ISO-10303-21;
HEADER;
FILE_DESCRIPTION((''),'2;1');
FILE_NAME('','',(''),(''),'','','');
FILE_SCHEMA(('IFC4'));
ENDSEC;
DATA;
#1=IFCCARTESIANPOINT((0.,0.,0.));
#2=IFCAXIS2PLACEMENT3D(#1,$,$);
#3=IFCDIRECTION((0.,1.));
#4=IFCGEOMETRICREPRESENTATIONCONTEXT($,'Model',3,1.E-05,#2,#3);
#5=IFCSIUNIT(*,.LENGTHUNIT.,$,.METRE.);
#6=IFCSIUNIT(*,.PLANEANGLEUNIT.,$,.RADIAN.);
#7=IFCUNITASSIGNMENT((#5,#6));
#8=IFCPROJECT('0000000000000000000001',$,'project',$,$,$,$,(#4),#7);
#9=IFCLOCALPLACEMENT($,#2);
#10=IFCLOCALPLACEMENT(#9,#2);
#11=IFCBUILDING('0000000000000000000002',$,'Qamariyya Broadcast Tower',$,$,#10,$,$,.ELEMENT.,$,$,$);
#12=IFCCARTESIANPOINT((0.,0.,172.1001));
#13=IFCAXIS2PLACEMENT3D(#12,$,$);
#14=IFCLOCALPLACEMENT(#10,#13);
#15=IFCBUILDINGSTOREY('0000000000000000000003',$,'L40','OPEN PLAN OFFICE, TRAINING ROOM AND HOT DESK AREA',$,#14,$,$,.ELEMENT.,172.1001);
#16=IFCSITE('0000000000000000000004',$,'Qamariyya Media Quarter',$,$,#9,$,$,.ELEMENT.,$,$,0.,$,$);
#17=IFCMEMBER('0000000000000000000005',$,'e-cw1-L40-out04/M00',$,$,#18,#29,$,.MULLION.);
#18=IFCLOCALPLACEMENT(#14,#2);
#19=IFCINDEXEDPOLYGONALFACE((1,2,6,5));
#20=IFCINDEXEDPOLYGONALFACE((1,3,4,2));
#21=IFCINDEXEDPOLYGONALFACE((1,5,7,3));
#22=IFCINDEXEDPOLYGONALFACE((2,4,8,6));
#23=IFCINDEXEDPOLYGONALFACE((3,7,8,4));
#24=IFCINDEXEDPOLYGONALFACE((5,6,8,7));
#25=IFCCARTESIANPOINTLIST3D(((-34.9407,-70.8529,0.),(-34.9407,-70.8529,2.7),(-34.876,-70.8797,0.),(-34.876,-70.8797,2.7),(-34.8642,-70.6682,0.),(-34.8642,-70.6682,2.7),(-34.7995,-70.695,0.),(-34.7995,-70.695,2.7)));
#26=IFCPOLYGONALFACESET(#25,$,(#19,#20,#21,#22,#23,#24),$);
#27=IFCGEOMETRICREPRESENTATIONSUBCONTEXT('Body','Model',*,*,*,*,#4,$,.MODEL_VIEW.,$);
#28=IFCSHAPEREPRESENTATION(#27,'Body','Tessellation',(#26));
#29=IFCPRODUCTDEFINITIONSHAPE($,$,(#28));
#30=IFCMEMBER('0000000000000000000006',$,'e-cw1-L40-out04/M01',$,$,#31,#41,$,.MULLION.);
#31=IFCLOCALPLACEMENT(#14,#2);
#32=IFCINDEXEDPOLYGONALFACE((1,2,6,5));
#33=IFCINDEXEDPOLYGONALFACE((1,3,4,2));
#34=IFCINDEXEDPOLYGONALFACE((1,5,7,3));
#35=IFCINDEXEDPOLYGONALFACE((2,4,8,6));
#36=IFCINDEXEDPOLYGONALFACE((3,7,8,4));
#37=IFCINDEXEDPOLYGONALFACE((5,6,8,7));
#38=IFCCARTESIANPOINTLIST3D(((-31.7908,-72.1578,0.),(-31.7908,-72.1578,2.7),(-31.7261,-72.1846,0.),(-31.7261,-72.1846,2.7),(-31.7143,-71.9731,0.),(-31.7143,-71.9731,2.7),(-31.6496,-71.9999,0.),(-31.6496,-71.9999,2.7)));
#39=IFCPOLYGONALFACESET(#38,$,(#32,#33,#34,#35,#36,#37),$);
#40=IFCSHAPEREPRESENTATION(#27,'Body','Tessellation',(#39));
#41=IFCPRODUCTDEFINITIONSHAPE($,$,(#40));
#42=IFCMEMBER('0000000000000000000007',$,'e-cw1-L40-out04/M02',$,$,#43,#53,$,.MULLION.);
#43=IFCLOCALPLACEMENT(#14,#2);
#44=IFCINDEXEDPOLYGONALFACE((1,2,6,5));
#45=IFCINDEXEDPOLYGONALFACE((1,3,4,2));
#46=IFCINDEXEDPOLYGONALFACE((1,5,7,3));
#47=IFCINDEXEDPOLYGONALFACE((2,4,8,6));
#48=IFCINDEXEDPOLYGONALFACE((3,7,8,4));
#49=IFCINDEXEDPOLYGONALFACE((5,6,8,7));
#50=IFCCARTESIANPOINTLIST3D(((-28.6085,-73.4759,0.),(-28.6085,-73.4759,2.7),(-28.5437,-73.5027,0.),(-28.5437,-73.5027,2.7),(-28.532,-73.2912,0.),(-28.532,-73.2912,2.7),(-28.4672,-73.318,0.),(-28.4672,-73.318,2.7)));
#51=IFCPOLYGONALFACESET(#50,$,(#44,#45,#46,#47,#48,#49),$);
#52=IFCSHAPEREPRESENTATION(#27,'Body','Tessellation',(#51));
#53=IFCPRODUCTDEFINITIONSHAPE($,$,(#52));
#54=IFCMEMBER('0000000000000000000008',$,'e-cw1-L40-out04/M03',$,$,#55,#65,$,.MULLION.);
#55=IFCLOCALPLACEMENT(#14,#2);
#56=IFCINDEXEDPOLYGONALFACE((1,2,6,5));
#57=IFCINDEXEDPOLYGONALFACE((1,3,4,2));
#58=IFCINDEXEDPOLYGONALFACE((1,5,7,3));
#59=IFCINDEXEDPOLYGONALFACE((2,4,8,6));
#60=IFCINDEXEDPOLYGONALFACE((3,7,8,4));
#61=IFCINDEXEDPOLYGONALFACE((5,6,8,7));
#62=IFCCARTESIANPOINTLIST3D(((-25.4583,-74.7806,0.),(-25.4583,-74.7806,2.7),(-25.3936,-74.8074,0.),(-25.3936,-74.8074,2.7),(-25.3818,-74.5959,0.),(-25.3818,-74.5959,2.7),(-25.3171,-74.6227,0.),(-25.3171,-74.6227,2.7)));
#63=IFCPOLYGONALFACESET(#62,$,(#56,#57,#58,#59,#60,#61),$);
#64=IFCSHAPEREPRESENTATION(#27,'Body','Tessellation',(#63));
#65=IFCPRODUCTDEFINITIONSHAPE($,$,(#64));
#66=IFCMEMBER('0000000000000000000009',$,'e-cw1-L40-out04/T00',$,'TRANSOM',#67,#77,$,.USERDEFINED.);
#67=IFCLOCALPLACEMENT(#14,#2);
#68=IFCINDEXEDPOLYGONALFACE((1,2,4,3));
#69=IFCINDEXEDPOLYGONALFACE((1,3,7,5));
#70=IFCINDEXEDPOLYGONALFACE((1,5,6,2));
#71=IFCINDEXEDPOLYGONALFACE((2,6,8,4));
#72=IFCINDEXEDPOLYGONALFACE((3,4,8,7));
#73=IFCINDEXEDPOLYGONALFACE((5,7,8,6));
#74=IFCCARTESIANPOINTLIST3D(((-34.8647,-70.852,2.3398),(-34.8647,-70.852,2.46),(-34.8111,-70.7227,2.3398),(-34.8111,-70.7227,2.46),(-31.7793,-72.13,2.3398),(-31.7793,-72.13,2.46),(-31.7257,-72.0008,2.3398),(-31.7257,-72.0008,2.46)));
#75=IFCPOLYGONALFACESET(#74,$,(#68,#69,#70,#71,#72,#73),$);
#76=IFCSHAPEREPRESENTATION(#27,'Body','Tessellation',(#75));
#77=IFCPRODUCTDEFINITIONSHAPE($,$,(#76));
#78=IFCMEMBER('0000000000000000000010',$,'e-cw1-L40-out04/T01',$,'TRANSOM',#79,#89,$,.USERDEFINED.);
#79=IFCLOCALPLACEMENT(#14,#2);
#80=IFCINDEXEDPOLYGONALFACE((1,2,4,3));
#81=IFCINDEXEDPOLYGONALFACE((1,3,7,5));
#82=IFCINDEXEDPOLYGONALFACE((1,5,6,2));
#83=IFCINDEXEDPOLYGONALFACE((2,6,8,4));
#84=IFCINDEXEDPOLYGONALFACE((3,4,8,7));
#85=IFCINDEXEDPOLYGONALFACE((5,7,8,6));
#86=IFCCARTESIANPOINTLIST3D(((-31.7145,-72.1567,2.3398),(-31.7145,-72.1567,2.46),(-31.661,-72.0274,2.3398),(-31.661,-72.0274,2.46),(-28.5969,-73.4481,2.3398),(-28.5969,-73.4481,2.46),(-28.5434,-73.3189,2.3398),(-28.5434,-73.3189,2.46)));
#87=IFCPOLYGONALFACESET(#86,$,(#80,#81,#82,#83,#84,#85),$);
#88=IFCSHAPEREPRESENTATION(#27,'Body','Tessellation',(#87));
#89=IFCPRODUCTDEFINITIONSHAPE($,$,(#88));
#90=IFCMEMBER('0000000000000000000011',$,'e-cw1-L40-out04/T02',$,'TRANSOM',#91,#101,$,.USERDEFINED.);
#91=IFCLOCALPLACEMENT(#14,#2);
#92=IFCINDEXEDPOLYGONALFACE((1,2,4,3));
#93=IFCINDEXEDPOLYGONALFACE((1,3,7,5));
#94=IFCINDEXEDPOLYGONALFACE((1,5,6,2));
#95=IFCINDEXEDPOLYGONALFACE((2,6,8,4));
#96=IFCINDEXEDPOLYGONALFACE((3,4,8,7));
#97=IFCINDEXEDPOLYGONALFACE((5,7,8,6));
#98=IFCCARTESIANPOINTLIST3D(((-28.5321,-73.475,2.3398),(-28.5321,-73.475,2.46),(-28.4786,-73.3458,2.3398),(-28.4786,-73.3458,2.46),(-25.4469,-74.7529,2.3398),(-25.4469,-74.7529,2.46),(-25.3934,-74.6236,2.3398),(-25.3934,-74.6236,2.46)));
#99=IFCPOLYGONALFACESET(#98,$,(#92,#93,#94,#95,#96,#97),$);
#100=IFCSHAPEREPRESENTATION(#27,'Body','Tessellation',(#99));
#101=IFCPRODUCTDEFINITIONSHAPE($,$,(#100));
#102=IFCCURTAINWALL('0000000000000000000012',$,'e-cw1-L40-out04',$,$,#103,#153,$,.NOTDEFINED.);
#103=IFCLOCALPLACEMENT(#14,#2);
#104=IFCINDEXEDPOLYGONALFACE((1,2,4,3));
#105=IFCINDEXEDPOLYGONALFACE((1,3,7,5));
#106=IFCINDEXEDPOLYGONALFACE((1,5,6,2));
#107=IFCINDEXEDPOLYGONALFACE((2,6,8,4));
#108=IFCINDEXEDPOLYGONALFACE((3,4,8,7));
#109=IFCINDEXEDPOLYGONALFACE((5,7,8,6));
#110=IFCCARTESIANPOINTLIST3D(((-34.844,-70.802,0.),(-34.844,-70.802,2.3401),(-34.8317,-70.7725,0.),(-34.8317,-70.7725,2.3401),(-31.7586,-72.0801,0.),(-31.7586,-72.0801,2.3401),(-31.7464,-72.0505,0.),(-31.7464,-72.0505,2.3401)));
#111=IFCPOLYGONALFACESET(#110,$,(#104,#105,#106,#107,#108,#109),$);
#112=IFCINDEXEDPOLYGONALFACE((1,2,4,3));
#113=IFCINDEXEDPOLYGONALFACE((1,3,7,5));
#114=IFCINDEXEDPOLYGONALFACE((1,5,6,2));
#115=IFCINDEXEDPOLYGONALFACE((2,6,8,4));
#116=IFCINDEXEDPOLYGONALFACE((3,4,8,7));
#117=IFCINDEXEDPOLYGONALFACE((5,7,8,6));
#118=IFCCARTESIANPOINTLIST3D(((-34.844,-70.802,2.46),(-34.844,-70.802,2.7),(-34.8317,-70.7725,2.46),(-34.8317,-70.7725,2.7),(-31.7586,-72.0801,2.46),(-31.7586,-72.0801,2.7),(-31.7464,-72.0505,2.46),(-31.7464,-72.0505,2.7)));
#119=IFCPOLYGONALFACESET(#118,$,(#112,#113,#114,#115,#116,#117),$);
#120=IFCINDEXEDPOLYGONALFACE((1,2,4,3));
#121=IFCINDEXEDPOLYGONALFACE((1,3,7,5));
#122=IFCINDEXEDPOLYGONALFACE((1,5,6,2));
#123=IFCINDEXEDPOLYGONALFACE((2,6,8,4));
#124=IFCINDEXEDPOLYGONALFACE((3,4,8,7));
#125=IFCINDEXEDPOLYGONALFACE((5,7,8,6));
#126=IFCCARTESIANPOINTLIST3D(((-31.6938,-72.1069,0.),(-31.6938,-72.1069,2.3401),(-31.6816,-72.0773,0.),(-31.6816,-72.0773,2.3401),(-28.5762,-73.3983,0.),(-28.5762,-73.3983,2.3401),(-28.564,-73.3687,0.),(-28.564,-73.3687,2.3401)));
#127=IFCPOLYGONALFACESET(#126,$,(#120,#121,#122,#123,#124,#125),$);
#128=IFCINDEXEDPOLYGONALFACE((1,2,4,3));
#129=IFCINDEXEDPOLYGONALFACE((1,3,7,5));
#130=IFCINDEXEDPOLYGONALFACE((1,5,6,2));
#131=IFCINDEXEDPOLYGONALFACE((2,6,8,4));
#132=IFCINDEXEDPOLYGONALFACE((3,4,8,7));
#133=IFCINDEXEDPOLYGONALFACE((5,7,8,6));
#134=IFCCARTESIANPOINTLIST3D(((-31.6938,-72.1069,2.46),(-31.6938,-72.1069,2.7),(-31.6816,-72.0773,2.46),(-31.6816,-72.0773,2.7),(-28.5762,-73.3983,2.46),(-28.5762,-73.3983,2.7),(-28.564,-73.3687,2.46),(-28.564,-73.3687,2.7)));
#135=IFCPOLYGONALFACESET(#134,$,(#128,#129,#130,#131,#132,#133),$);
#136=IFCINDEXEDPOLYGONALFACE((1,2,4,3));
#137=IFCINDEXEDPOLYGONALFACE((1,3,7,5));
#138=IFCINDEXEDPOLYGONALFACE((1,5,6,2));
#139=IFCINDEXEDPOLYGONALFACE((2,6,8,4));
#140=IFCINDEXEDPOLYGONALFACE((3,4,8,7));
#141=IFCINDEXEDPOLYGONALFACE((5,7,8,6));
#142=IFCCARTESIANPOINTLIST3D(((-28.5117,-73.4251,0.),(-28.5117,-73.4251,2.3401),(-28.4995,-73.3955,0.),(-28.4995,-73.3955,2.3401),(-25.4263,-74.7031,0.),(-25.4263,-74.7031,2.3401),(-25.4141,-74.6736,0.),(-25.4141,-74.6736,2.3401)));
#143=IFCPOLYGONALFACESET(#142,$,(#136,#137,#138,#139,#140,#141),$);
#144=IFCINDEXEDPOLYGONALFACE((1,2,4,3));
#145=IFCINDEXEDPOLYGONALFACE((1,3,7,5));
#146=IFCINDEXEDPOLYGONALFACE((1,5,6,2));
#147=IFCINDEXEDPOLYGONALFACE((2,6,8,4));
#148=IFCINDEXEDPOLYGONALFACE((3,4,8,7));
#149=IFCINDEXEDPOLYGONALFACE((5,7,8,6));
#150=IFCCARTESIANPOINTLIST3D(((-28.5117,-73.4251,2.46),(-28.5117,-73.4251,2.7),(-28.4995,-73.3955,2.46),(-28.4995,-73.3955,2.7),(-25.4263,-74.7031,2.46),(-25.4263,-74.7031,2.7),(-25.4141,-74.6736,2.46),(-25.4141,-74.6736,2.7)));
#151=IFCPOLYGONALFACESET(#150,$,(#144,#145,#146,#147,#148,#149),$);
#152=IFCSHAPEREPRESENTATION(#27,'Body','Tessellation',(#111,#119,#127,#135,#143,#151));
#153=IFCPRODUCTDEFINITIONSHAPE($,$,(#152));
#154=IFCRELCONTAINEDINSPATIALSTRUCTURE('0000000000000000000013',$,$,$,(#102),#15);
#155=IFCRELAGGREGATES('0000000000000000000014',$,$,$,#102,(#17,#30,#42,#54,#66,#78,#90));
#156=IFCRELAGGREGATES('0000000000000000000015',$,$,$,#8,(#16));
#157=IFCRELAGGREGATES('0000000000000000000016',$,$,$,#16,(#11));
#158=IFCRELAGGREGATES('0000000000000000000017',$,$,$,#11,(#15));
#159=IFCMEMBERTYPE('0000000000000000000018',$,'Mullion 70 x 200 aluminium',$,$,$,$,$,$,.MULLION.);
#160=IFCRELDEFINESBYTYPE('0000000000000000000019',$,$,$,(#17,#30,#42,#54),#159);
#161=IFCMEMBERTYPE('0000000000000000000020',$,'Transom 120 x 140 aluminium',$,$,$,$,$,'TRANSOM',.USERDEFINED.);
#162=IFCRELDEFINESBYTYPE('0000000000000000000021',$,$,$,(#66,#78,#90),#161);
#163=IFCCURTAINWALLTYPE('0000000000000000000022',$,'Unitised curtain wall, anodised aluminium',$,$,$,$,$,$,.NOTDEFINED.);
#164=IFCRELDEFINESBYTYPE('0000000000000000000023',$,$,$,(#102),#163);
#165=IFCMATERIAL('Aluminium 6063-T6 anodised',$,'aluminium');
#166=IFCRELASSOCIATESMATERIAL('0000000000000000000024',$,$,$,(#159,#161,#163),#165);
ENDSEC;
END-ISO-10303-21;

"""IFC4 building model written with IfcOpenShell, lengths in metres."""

from ifc_helpers import new_model, si_unit, direction, frame, origin, origin_2d, place, context, subcontext, project, spatial, rectangle, extrude, material, material_profile, profile_set, type_object, element, aggregate, save


model = new_model("IFC4")

# Units and contexts
model_context = context("Model", 3, precision=1e-05, world=origin(), true_north=direction((0.0, 1.0)))
body_context = subcontext(model_context, "Body", "Model", "MODEL_VIEW")
ifc_project = project(units=[si_unit("LENGTHUNIT", "METRE"), si_unit("PLANEANGLEUNIT", "RADIAN")], contexts=[model_context])

# Members
ifc_material = material(Name="Aluminium 6063-T6 anodised", Category="aluminium")
ifc_material_profile_1 = material_profile(ifc_material, rectangle(XDim=0.2, YDim=0.0701, at=origin_2d()))
ifc_profile_set_1 = profile_set([ifc_material_profile_1], Name="Aluminium 6063-T6 anodised")
member_type_1 = type_object("IfcMemberType", Name="Mullion 70 x 200 aluminium", PredefinedType="MULLION", material=ifc_profile_set_1)
site_placement = place(None, origin())
building_placement = place(site_placement, origin())
storey_placement = place(building_placement, frame((0.0, 0.0, 172.1001)))
member_1_placement = place(storey_placement, frame((-34.8701, -70.7739, 0.0), z_axis=(0.0, 0.0, 1.0), x_axis=(0.382683, 0.92388, 0.0)))
member_1 = element("IfcMember", 1, at=member_1_placement, type_object=member_type_1, Name="e-cw1-L40-out04/M00", PredefinedType="MULLION", context=body_context, shape_type="SweptSolid", body=[
    extrude(rectangle(XDim=0.2, YDim=0.0701, at=origin_2d()), origin(), (0.0, 0.0, 1.0), 2.7),
])
member_2_placement = place(storey_placement, frame((-31.7202, -72.0789, 0.0), z_axis=(0.0, 0.0, 1.0), x_axis=(0.382683, 0.92388, 0.0)))
member_2 = element("IfcMember", 2, at=member_2_placement, type_object=member_type_1, Name="e-cw1-L40-out04/M01", PredefinedType="MULLION", context=body_context, shape_type="SweptSolid", body=[
    extrude(rectangle(XDim=0.2, YDim=0.0701, at=origin_2d()), origin(), (0.0, 0.0, 1.0), 2.7),
])
member_3_placement = place(storey_placement, frame((-28.5378, -73.397, 0.0), z_axis=(0.0, 0.0, 1.0), x_axis=(0.382683, 0.92388, 0.0)))
member_3 = element("IfcMember", 3, at=member_3_placement, type_object=member_type_1, Name="e-cw1-L40-out04/M02", PredefinedType="MULLION", context=body_context, shape_type="SweptSolid", body=[
    extrude(rectangle(XDim=0.2, YDim=0.0701, at=origin_2d()), origin(), (0.0, 0.0, 1.0), 2.7),
])
member_4_placement = place(storey_placement, frame((-25.3877, -74.7017, 0.0), z_axis=(0.0, 0.0, 1.0), x_axis=(0.382683, 0.92388, 0.0)))
member_4 = element("IfcMember", 4, at=member_4_placement, type_object=member_type_1, Name="e-cw1-L40-out04/M03", PredefinedType="MULLION", context=body_context, shape_type="SweptSolid", body=[
    extrude(rectangle(XDim=0.2, YDim=0.0701, at=origin_2d()), origin(), (0.0, 0.0, 1.0), 2.7),
])
ifc_material_profile_2 = material_profile(ifc_material, rectangle(XDim=0.1399, YDim=0.1201, at=origin_2d()))
ifc_profile_set_2 = profile_set([ifc_material_profile_2], Name="Aluminium 6063-T6 anodised")
member_type_2 = type_object("IfcMemberType", Name="Transom 120 x 140 aluminium", ElementType="TRANSOM", PredefinedType="USERDEFINED", material=ifc_profile_set_2)
member_5_placement = place(storey_placement, frame((-34.8379, -70.7874, 2.3999), z_axis=(0.923875, -0.382694, 0.0), x_axis=(0.382694, 0.923875, 0.0)))
member_5 = element("IfcMember", 5, at=member_5_placement, type_object=member_type_2, Name="e-cw1-L40-out04/T00", ObjectType="TRANSOM", PredefinedType="USERDEFINED", context=body_context, shape_type="SweptSolid", body=[
    extrude(rectangle(XDim=0.1399, YDim=0.1201, at=origin_2d()), origin(), (0.0, 0.0, 1.0), 3.3396),
])
member_6_placement = place(storey_placement, frame((-31.6877, -72.092, 2.3999), z_axis=(0.923867, -0.382714, 0.0), x_axis=(0.382714, 0.923867, 0.0)))
member_6 = element("IfcMember", 6, at=member_6_placement, type_object=member_type_2, Name="e-cw1-L40-out04/T01", ObjectType="TRANSOM", PredefinedType="USERDEFINED", context=body_context, shape_type="SweptSolid", body=[
    extrude(rectangle(XDim=0.1399, YDim=0.1201, at=origin_2d()), origin(), (0.0, 0.0, 1.0), 3.3745),
])
member_7_placement = place(storey_placement, frame((-28.5054, -73.4104, 2.3999), z_axis=(0.92389, -0.382657, 0.0), x_axis=(0.382657, 0.92389, 0.0)))
member_7 = element("IfcMember", 7, at=member_7_placement, type_object=member_type_2, Name="e-cw1-L40-out04/T02", ObjectType="TRANSOM", PredefinedType="USERDEFINED", context=body_context, shape_type="SweptSolid", body=[
    extrude(rectangle(XDim=0.1399, YDim=0.1201, at=origin_2d()), origin(), (0.0, 0.0, 1.0), 3.3394),
])

# Site, building, storey
site = spatial("IfcSite", under=ifc_project, at=site_placement, Name="Qamariyya Media Quarter", CompositionType="ELEMENT", RefElevation=0.0)
building = spatial("IfcBuilding", under=site, at=building_placement, Name="Qamariyya Broadcast Tower", CompositionType="ELEMENT")
storey = spatial("IfcBuildingStorey", under=building, at=storey_placement, Name="L40", Description="OPEN PLAN OFFICE, TRAINING ROOM AND HOT DESK AREA", CompositionType="ELEMENT", Elevation=172.1001)

# Curtain wall
curtain_wall_type = type_object("IfcCurtainWallType", Name="Unitised curtain wall, anodised aluminium", PredefinedType="NOTDEFINED", material=ifc_material)
curtain_wall_1_placement = place(storey_placement, origin())
curtain_wall_1 = element("IfcCurtainWall", 8, at=curtain_wall_1_placement, inside=storey, type_object=curtain_wall_type, Name="e-cw1-L40-out04", PredefinedType="NOTDEFINED", context=body_context, shape_type="SweptSolid", body=[
    extrude(rectangle(XDim=3.3396, YDim=0.032, at=origin_2d()), frame((-33.2952, -71.4263, 0.0), x_axis=(0.923878, -0.382687, 0.0)), (0.0, 0.0, 1.0), 2.3401),
    extrude(rectangle(XDim=3.3396, YDim=0.032, at=origin_2d()), frame((-33.2952, -71.4263, 2.46), x_axis=(0.923878, -0.382687, 0.0)), (0.0, 0.0, 1.0), 0.24),
    extrude(rectangle(XDim=3.3745, YDim=0.032, at=origin_2d()), frame((-30.1289, -72.7378, 0.0), x_axis=(0.923878, -0.382687, 0.0)), (0.0, 0.0, 1.0), 2.3401),
    extrude(rectangle(XDim=3.3745, YDim=0.032, at=origin_2d()), frame((-30.1289, -72.7378, 2.46), x_axis=(0.923878, -0.382687, 0.0)), (0.0, 0.0, 1.0), 0.24),
    extrude(rectangle(XDim=3.3396, YDim=0.032, at=origin_2d()), frame((-26.9629, -74.0493, 0.0), x_axis=(0.923878, -0.382687, 0.0)), (0.0, 0.0, 1.0), 2.3401),
    extrude(rectangle(XDim=3.3396, YDim=0.032, at=origin_2d()), frame((-26.9629, -74.0493, 2.46), x_axis=(0.923878, -0.382687, 0.0)), (0.0, 0.0, 1.0), 0.24),
])
aggregate(curtain_wall_1, [member_1, member_2, member_3, member_4, member_5, member_6, member_7])

save(model, "model.ifc")
